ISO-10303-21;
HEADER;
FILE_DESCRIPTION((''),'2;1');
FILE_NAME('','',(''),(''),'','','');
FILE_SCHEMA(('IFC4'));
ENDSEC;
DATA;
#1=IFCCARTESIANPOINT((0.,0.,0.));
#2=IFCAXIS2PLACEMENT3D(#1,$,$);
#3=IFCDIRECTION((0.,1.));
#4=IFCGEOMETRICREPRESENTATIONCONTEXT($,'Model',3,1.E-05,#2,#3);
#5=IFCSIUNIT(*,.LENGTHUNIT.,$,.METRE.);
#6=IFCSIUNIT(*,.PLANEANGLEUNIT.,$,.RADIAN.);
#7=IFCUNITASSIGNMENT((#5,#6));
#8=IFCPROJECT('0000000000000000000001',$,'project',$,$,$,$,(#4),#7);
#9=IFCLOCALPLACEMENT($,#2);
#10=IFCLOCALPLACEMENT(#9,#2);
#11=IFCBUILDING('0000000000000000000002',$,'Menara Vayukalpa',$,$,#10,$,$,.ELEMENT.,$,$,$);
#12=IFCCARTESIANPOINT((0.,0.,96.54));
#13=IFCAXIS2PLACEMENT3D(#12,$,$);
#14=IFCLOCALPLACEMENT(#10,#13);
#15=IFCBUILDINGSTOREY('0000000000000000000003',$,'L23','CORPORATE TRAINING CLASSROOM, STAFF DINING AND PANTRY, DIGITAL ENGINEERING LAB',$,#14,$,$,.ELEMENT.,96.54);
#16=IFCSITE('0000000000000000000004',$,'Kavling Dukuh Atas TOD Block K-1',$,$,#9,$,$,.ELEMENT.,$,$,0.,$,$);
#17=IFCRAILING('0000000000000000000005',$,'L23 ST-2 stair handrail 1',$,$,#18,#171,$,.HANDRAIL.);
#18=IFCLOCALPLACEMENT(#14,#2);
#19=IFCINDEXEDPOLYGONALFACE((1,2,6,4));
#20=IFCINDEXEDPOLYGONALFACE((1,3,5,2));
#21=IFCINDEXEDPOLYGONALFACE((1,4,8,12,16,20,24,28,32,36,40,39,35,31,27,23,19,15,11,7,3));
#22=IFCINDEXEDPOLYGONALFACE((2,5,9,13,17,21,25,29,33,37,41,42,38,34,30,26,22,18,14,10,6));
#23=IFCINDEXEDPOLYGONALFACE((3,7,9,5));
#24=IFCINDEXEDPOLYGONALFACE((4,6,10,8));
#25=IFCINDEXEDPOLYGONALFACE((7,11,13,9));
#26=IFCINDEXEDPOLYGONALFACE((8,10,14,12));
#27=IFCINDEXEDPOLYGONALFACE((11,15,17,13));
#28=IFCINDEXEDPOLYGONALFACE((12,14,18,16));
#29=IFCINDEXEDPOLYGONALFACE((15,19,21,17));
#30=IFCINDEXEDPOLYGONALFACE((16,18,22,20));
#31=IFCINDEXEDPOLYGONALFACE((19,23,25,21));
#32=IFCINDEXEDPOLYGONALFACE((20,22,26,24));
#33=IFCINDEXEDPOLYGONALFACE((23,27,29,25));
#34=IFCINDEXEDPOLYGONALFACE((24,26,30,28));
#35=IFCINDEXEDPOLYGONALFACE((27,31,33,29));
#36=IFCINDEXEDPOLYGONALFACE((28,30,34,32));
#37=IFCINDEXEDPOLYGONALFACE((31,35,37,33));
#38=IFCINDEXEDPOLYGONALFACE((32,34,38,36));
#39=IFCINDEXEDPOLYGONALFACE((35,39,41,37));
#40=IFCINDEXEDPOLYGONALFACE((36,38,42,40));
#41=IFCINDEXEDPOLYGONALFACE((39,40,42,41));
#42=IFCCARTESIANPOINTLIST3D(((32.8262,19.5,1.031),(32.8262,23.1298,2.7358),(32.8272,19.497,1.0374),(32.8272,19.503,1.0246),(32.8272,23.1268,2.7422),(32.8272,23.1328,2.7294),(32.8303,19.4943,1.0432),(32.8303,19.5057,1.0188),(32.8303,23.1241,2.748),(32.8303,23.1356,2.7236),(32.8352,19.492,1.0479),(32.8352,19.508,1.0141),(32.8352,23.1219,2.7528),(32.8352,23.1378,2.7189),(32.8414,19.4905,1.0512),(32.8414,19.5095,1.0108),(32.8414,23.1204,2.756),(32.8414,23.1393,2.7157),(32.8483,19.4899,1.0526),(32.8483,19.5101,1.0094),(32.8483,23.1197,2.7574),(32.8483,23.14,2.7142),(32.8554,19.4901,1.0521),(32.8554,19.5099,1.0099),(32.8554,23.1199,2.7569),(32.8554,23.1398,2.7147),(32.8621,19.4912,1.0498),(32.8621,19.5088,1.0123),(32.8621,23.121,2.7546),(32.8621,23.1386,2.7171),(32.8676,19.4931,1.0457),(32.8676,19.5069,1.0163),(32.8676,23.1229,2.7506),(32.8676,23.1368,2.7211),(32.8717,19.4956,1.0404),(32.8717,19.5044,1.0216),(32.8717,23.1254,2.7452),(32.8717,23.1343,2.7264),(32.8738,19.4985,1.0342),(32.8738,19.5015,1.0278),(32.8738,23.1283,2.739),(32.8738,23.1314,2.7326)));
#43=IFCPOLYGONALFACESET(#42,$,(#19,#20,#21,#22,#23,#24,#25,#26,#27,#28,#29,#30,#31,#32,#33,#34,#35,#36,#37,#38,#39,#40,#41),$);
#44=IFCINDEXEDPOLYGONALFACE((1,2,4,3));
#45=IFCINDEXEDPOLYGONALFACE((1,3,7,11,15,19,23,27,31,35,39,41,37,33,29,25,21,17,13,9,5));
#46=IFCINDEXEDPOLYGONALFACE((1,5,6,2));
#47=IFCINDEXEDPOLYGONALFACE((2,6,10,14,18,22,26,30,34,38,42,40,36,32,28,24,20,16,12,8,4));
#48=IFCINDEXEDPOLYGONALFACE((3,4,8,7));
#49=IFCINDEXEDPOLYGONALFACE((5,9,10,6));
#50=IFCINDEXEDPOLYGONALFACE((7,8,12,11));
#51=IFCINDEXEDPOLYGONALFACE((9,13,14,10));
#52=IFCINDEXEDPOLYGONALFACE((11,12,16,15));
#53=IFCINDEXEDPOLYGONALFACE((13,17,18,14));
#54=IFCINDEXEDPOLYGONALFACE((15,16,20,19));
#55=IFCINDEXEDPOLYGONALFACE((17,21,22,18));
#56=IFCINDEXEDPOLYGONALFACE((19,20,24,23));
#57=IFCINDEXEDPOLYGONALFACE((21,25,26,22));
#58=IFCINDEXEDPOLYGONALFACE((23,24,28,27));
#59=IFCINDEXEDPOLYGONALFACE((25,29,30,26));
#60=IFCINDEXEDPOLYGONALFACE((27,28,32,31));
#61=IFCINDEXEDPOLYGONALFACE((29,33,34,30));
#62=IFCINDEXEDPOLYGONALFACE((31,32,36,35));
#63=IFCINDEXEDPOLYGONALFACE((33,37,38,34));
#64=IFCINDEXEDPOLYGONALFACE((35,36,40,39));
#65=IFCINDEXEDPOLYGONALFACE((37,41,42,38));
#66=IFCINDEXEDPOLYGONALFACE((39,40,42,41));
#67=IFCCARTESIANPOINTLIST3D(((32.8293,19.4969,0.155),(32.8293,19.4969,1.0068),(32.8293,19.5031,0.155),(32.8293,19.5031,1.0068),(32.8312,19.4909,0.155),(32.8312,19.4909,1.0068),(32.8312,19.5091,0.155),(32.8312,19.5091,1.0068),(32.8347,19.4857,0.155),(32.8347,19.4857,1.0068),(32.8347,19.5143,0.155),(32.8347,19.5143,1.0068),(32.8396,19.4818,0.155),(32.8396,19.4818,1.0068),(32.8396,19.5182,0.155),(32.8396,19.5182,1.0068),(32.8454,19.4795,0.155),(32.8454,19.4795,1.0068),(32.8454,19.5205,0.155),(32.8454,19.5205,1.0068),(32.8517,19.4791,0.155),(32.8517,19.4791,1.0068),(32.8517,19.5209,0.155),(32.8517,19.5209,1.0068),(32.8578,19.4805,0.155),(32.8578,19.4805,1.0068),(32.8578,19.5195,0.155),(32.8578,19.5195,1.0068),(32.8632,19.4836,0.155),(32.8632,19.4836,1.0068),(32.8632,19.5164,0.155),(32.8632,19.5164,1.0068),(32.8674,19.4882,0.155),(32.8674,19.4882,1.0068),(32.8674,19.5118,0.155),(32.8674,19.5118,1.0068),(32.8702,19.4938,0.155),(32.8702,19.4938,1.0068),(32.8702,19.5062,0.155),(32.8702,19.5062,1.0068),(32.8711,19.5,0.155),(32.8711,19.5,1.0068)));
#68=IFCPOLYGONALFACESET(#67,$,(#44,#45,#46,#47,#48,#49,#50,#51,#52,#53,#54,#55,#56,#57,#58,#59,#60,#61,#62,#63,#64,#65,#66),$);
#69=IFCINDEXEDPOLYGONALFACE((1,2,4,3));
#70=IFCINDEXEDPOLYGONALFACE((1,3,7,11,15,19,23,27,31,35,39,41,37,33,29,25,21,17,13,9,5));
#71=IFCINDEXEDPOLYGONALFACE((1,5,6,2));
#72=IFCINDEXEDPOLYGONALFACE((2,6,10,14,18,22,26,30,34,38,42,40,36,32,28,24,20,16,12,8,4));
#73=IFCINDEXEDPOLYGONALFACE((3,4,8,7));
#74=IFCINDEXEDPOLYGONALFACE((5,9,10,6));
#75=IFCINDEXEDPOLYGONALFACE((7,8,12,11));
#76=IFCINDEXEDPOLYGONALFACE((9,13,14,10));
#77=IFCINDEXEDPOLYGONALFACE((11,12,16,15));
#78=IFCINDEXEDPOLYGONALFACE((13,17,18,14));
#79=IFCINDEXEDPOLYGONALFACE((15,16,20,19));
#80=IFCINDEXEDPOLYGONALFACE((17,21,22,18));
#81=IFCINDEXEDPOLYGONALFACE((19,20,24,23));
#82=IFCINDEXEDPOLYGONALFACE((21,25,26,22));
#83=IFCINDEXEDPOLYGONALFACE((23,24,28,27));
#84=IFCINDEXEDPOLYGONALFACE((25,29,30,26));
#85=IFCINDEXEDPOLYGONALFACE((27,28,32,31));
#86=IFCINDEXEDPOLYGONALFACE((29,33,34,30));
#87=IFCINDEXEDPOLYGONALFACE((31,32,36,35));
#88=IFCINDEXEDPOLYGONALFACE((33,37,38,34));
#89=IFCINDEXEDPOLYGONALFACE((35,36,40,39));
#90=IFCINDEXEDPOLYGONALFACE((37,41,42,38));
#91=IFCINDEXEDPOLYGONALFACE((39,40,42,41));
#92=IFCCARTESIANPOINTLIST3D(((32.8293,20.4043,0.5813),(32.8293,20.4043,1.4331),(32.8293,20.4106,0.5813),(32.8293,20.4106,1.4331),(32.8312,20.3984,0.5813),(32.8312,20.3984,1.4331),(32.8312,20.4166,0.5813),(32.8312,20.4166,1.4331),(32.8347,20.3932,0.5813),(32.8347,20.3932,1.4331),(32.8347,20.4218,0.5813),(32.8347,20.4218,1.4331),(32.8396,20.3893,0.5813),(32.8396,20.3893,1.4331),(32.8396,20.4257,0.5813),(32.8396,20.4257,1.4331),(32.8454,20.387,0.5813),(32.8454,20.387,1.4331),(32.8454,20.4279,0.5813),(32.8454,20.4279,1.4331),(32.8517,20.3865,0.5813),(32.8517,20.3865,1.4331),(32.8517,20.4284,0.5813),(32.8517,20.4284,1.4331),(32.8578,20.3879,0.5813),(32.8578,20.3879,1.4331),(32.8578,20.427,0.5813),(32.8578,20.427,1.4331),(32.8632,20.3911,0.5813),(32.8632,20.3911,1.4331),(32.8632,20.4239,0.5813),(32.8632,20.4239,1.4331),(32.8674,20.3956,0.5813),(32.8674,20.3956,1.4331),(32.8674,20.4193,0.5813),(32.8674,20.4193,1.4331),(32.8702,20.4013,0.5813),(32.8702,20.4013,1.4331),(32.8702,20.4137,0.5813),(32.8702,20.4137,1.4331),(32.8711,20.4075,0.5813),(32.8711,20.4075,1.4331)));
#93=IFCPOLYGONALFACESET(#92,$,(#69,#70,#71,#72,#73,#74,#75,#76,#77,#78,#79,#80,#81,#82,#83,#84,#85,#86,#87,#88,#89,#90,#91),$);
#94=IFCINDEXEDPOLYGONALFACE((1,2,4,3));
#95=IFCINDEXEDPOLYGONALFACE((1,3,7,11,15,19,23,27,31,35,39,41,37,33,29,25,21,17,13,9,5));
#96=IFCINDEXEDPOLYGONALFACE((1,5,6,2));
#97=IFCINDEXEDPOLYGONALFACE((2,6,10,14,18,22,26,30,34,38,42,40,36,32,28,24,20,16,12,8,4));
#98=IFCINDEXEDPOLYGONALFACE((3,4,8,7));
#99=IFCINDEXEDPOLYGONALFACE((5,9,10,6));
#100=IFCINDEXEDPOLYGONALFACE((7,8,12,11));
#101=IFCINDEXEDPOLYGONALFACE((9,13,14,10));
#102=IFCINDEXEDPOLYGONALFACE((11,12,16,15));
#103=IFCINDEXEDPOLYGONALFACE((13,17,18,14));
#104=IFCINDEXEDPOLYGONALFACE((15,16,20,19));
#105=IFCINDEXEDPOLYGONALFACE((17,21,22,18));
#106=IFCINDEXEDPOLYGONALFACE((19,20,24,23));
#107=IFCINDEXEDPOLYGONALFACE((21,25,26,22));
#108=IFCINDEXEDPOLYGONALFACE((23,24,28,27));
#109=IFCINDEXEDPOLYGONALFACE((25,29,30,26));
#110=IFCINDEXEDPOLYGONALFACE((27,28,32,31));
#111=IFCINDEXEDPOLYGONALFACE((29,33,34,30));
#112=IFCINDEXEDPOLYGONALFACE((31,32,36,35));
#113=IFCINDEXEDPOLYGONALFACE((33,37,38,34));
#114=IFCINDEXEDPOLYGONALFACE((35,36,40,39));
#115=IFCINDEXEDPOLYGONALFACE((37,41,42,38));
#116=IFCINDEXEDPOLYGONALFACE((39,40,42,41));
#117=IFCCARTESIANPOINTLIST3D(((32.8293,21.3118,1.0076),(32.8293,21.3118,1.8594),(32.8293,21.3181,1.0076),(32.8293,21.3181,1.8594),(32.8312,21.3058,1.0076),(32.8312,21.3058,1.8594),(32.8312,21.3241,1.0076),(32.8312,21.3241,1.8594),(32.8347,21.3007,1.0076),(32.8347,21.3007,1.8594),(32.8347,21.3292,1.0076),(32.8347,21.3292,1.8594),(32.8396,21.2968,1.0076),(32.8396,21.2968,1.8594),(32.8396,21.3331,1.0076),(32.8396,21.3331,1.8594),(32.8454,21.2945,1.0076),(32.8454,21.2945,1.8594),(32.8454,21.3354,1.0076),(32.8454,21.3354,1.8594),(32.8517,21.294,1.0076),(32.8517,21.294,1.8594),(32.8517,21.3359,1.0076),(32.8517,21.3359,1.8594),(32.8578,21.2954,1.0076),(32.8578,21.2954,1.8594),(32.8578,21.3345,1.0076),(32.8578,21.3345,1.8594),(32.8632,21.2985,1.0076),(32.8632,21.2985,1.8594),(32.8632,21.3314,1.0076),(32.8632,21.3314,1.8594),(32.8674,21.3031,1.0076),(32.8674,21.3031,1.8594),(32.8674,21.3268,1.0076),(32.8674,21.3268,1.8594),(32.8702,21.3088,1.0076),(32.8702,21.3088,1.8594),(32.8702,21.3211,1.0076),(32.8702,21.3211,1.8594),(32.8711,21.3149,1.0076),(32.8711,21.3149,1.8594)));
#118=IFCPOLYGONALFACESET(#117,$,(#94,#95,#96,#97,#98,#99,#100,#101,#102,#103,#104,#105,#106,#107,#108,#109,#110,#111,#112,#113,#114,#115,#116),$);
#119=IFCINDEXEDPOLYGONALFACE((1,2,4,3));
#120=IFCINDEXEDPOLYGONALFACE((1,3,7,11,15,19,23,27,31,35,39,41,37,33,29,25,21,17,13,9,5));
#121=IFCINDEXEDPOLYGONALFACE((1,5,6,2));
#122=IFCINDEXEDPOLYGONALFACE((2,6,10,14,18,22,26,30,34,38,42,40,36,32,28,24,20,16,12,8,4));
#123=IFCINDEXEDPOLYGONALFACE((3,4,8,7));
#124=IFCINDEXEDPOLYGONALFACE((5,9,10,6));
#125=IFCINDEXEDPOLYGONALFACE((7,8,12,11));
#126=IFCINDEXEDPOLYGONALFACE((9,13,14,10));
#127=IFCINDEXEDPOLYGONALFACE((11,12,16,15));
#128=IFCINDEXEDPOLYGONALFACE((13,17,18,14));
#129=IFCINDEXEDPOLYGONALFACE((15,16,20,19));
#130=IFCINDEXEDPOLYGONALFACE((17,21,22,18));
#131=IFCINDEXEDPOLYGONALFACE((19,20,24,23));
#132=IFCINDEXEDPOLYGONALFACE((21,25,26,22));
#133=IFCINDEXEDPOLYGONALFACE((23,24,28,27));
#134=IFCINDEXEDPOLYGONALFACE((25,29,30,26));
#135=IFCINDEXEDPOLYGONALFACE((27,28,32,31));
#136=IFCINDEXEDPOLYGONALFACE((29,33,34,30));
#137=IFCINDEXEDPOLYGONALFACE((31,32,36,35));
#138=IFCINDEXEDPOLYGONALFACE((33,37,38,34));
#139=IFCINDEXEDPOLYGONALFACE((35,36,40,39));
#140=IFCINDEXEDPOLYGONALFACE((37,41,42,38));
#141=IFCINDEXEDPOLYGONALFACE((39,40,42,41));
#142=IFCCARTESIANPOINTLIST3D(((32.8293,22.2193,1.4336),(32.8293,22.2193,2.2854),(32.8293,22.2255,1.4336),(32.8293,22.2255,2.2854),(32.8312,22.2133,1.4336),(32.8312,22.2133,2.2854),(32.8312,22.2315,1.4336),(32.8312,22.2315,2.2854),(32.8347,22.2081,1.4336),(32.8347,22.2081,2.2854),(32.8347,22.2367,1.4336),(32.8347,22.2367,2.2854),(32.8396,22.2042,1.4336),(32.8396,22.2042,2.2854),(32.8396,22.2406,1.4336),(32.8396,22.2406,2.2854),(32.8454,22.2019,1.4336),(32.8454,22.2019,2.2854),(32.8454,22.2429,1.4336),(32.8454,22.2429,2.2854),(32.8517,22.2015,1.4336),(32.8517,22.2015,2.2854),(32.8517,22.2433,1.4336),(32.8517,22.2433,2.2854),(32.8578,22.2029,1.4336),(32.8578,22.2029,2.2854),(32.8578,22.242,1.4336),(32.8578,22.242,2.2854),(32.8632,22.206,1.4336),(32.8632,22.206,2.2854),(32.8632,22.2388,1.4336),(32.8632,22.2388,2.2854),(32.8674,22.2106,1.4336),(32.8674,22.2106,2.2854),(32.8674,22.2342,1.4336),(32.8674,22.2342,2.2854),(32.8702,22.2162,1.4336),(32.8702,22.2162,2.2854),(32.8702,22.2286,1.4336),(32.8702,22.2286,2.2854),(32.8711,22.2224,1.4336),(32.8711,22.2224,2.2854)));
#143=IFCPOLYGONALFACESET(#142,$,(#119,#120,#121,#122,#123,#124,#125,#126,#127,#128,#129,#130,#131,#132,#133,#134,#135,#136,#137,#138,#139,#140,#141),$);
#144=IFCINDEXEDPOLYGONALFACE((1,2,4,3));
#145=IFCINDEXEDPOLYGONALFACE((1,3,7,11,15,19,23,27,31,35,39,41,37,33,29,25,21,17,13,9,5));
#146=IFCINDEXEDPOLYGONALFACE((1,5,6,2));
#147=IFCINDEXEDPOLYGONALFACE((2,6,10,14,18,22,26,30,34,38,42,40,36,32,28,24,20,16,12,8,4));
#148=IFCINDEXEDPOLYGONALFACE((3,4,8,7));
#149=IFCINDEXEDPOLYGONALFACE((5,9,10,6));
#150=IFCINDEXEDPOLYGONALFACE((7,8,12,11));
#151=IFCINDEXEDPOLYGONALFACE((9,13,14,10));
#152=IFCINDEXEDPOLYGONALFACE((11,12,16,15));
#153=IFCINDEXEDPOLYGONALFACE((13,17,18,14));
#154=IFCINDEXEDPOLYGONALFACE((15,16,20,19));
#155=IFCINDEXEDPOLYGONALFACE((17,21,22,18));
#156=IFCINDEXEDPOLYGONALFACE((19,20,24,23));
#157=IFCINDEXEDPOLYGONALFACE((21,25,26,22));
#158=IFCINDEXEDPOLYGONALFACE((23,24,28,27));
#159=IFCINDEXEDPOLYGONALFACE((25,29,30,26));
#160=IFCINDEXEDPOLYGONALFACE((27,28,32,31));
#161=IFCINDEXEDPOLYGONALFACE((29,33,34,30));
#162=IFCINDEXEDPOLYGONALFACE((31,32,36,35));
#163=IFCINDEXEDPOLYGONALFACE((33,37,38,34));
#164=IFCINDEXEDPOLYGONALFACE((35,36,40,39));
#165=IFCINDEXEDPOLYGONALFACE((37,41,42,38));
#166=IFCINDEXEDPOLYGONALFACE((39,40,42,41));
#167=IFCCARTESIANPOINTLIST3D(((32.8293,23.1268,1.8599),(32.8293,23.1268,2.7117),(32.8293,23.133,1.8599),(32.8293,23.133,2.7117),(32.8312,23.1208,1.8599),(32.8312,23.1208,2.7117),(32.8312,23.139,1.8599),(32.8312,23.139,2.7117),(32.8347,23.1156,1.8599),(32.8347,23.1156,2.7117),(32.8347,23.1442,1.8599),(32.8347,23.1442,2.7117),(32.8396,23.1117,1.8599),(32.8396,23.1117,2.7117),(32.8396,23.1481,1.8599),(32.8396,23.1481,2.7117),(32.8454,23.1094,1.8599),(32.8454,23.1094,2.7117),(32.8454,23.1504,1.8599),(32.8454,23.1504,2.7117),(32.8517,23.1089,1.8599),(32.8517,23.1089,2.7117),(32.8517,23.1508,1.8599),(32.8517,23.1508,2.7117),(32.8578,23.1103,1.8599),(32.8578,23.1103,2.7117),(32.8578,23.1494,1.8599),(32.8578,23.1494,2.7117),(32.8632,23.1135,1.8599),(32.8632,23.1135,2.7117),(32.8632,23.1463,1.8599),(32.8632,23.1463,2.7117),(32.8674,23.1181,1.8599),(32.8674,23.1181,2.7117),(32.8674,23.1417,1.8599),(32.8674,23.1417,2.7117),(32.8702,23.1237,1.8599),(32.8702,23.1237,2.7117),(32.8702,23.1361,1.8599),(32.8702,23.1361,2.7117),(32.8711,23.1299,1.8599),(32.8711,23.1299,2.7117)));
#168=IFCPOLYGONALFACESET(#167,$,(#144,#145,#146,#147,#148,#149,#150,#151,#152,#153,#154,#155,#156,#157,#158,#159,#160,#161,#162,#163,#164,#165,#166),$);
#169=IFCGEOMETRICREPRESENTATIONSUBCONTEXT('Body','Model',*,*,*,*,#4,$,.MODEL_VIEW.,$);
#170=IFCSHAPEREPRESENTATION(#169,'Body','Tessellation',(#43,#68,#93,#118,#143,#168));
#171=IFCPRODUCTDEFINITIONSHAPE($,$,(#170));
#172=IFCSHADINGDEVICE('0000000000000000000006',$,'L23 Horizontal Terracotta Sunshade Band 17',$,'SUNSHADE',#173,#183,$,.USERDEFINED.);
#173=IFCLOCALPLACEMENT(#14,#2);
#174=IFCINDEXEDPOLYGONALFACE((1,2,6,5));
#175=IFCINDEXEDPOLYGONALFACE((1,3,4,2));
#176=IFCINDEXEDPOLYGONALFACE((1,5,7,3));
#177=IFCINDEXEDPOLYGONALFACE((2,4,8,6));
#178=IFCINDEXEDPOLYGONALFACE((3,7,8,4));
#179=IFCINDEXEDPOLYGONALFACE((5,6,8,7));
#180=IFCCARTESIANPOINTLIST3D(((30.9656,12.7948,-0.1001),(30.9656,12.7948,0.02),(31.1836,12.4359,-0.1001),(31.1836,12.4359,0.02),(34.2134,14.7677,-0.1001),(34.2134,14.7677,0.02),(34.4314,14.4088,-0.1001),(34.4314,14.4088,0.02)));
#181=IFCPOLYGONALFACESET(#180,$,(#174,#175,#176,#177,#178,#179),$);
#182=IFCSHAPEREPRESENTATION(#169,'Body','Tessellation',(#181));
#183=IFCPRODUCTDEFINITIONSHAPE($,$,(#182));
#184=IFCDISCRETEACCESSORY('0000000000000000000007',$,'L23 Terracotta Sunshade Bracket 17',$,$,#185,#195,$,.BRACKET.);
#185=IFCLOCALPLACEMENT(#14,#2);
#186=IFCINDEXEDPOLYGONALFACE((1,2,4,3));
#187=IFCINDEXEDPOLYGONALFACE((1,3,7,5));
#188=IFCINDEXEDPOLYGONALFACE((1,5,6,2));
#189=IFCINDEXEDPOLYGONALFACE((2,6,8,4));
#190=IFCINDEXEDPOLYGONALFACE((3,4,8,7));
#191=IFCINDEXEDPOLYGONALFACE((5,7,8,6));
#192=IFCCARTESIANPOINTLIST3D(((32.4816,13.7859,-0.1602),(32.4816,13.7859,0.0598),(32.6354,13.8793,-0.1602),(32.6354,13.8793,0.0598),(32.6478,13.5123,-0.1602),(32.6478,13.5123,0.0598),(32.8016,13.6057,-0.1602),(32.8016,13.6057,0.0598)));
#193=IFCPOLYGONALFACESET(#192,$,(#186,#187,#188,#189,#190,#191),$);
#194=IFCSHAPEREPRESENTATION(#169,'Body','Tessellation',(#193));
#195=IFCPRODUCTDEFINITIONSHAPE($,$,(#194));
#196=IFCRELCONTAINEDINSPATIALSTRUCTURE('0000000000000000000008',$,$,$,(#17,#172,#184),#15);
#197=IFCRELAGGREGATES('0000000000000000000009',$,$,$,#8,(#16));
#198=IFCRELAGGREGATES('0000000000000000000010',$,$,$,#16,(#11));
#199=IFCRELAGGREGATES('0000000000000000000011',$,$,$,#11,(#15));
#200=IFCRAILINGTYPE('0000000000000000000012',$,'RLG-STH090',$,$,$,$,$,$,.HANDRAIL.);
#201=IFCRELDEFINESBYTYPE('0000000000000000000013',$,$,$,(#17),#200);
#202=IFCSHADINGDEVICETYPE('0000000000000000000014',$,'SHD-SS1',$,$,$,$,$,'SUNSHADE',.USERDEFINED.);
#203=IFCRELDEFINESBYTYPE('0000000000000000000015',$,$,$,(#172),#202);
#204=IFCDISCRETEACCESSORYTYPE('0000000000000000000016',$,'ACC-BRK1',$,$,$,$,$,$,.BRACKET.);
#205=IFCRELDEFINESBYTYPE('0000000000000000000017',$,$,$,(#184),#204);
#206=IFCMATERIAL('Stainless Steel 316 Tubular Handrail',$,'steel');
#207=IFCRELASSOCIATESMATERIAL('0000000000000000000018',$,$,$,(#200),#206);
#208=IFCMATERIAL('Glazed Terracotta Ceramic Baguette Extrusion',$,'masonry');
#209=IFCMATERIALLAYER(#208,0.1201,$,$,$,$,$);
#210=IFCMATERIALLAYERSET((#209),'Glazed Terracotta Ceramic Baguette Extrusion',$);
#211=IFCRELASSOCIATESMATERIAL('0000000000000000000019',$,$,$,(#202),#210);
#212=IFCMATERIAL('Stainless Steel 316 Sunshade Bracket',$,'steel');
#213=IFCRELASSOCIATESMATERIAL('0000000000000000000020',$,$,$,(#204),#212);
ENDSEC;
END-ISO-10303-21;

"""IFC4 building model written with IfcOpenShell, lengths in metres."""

from ifc_helpers import new_model, si_unit, direction, frame, origin, origin_2d, place, context, subcontext, project, spatial, rectangle, circle, extrude, material, layer, layer_set, type_object, element, save


model = new_model("IFC4")

# Units and contexts
model_context = context("Model", 3, precision=1e-05, world=origin(), true_north=direction((0.0, 1.0)))
body_context = subcontext(model_context, "Body", "Model", "MODEL_VIEW")
ifc_project = project(units=[si_unit("LENGTHUNIT", "METRE"), si_unit("PLANEANGLEUNIT", "RADIAN")], contexts=[model_context])

# Site, building, storey
site_placement = place(None, origin())
site = spatial("IfcSite", under=ifc_project, at=site_placement, Name="Kavling Dukuh Atas TOD Block K-1", CompositionType="ELEMENT", RefElevation=0.0)
building_placement = place(site_placement, origin())
building = spatial("IfcBuilding", under=site, at=building_placement, Name="Menara Vayukalpa", CompositionType="ELEMENT")
storey_placement = place(building_placement, frame((0.0, 0.0, 96.54)))
storey = spatial("IfcBuildingStorey", under=building, at=storey_placement, Name="L23", Description="CORPORATE TRAINING CLASSROOM, STAFF DINING AND PANTRY, DIGITAL ENGINEERING LAB", CompositionType="ELEMENT", Elevation=96.54)

# Railing
ifc_material_1 = material(Name="Stainless Steel 316 Tubular Handrail", Category="steel")
railing_type_1 = type_object("IfcRailingType", Name="RLG-STH090", PredefinedType="HANDRAIL", material=ifc_material_1)
railing_1_placement = place(storey_placement, frame((32.8501, 19.5, 0.155)))
element("IfcRailing", 1, at=railing_1_placement, inside=storey, type_object=railing_type_1, Name="L23 ST-2 stair handrail 1", PredefinedType="HANDRAIL", context=body_context, shape_type="SweptSolid", body=[
    extrude(circle(Radius=0.0239, at=origin_2d()), frame((0.0, 0.0, 0.876), z_axis=(0.0, 0.90514, 0.425114), x_axis=(-1.0, 0.0, 0.0)), (0.0, 0.0, 1.0), 4.0103),
    extrude(circle(Radius=0.021, at=origin_2d()), origin(), (0.0, 0.0, 1.0), 0.8518),
    extrude(circle(Radius=0.021, at=origin_2d()), frame((0.0, 0.9075, 0.4263)), (0.0, 0.0, 1.0), 0.8518),
    extrude(circle(Radius=0.021, at=origin_2d()), frame((0.0, 1.8149, 0.8525)), (0.0, 0.0, 1.0), 0.8518),
    extrude(circle(Radius=0.021, at=origin_2d()), frame((0.0, 2.7224, 1.2786)), (0.0, 0.0, 1.0), 0.8518),
    extrude(circle(Radius=0.021, at=origin_2d()), frame((0.0, 3.6299, 1.7048)), (0.0, 0.0, 1.0), 0.8518),
])

# Shading device
ifc_material_2 = material(Name="Glazed Terracotta Ceramic Baguette Extrusion", Category="masonry")
ifc_layer_1 = layer(ifc_material_2, 0.1201)
ifc_layer_set_1 = layer_set([ifc_layer_1], Name="Glazed Terracotta Ceramic Baguette Extrusion")
shading_device_type = type_object("IfcShadingDeviceType", Name="SHD-SS1", ElementType="SUNSHADE", PredefinedType="USERDEFINED", material=ifc_layer_set_1)
shading_device_placement = place(storey_placement, frame((32.6985, 13.6018, -0.1001), z_axis=(0.0, 0.0, 1.0), x_axis=(0.854667, 0.519176, 0.0)))
element("IfcShadingDevice", 2, at=shading_device_placement, inside=storey, type_object=shading_device_type, Name="L23 Horizontal Terracotta Sunshade Band 17", ObjectType="SUNSHADE", PredefinedType="USERDEFINED", context=body_context, shape_type="SweptSolid", body=[
    extrude(rectangle(XDim=3.8, YDim=0.4199, at=origin_2d()), origin(), (0.0, 0.0, 1.0), 0.1201),
])

# Discrete accessory
ifc_material_3 = material(Name="Stainless Steel 316 Sunshade Bracket", Category="steel")
discrete_accessory_type = type_object("IfcDiscreteAccessoryType", Name="ACC-BRK1", PredefinedType="BRACKET", material=ifc_material_3)
discrete_accessory_placement = place(storey_placement, frame((32.6416, 13.6958, -0.1602), z_axis=(0.0, 0.0, 1.0), x_axis=(0.854667, 0.519176, 0.0)))
element("IfcDiscreteAccessory", 3, at=discrete_accessory_placement, inside=storey, type_object=discrete_accessory_type, Name="L23 Terracotta Sunshade Bracket 17", PredefinedType="BRACKET", context=body_context, shape_type="SweptSolid", body=[
    extrude(rectangle(XDim=0.1799, YDim=0.3201, at=origin_2d()), origin(), (0.0, 0.0, 1.0), 0.22),
])

save(model, "model.ifc")
